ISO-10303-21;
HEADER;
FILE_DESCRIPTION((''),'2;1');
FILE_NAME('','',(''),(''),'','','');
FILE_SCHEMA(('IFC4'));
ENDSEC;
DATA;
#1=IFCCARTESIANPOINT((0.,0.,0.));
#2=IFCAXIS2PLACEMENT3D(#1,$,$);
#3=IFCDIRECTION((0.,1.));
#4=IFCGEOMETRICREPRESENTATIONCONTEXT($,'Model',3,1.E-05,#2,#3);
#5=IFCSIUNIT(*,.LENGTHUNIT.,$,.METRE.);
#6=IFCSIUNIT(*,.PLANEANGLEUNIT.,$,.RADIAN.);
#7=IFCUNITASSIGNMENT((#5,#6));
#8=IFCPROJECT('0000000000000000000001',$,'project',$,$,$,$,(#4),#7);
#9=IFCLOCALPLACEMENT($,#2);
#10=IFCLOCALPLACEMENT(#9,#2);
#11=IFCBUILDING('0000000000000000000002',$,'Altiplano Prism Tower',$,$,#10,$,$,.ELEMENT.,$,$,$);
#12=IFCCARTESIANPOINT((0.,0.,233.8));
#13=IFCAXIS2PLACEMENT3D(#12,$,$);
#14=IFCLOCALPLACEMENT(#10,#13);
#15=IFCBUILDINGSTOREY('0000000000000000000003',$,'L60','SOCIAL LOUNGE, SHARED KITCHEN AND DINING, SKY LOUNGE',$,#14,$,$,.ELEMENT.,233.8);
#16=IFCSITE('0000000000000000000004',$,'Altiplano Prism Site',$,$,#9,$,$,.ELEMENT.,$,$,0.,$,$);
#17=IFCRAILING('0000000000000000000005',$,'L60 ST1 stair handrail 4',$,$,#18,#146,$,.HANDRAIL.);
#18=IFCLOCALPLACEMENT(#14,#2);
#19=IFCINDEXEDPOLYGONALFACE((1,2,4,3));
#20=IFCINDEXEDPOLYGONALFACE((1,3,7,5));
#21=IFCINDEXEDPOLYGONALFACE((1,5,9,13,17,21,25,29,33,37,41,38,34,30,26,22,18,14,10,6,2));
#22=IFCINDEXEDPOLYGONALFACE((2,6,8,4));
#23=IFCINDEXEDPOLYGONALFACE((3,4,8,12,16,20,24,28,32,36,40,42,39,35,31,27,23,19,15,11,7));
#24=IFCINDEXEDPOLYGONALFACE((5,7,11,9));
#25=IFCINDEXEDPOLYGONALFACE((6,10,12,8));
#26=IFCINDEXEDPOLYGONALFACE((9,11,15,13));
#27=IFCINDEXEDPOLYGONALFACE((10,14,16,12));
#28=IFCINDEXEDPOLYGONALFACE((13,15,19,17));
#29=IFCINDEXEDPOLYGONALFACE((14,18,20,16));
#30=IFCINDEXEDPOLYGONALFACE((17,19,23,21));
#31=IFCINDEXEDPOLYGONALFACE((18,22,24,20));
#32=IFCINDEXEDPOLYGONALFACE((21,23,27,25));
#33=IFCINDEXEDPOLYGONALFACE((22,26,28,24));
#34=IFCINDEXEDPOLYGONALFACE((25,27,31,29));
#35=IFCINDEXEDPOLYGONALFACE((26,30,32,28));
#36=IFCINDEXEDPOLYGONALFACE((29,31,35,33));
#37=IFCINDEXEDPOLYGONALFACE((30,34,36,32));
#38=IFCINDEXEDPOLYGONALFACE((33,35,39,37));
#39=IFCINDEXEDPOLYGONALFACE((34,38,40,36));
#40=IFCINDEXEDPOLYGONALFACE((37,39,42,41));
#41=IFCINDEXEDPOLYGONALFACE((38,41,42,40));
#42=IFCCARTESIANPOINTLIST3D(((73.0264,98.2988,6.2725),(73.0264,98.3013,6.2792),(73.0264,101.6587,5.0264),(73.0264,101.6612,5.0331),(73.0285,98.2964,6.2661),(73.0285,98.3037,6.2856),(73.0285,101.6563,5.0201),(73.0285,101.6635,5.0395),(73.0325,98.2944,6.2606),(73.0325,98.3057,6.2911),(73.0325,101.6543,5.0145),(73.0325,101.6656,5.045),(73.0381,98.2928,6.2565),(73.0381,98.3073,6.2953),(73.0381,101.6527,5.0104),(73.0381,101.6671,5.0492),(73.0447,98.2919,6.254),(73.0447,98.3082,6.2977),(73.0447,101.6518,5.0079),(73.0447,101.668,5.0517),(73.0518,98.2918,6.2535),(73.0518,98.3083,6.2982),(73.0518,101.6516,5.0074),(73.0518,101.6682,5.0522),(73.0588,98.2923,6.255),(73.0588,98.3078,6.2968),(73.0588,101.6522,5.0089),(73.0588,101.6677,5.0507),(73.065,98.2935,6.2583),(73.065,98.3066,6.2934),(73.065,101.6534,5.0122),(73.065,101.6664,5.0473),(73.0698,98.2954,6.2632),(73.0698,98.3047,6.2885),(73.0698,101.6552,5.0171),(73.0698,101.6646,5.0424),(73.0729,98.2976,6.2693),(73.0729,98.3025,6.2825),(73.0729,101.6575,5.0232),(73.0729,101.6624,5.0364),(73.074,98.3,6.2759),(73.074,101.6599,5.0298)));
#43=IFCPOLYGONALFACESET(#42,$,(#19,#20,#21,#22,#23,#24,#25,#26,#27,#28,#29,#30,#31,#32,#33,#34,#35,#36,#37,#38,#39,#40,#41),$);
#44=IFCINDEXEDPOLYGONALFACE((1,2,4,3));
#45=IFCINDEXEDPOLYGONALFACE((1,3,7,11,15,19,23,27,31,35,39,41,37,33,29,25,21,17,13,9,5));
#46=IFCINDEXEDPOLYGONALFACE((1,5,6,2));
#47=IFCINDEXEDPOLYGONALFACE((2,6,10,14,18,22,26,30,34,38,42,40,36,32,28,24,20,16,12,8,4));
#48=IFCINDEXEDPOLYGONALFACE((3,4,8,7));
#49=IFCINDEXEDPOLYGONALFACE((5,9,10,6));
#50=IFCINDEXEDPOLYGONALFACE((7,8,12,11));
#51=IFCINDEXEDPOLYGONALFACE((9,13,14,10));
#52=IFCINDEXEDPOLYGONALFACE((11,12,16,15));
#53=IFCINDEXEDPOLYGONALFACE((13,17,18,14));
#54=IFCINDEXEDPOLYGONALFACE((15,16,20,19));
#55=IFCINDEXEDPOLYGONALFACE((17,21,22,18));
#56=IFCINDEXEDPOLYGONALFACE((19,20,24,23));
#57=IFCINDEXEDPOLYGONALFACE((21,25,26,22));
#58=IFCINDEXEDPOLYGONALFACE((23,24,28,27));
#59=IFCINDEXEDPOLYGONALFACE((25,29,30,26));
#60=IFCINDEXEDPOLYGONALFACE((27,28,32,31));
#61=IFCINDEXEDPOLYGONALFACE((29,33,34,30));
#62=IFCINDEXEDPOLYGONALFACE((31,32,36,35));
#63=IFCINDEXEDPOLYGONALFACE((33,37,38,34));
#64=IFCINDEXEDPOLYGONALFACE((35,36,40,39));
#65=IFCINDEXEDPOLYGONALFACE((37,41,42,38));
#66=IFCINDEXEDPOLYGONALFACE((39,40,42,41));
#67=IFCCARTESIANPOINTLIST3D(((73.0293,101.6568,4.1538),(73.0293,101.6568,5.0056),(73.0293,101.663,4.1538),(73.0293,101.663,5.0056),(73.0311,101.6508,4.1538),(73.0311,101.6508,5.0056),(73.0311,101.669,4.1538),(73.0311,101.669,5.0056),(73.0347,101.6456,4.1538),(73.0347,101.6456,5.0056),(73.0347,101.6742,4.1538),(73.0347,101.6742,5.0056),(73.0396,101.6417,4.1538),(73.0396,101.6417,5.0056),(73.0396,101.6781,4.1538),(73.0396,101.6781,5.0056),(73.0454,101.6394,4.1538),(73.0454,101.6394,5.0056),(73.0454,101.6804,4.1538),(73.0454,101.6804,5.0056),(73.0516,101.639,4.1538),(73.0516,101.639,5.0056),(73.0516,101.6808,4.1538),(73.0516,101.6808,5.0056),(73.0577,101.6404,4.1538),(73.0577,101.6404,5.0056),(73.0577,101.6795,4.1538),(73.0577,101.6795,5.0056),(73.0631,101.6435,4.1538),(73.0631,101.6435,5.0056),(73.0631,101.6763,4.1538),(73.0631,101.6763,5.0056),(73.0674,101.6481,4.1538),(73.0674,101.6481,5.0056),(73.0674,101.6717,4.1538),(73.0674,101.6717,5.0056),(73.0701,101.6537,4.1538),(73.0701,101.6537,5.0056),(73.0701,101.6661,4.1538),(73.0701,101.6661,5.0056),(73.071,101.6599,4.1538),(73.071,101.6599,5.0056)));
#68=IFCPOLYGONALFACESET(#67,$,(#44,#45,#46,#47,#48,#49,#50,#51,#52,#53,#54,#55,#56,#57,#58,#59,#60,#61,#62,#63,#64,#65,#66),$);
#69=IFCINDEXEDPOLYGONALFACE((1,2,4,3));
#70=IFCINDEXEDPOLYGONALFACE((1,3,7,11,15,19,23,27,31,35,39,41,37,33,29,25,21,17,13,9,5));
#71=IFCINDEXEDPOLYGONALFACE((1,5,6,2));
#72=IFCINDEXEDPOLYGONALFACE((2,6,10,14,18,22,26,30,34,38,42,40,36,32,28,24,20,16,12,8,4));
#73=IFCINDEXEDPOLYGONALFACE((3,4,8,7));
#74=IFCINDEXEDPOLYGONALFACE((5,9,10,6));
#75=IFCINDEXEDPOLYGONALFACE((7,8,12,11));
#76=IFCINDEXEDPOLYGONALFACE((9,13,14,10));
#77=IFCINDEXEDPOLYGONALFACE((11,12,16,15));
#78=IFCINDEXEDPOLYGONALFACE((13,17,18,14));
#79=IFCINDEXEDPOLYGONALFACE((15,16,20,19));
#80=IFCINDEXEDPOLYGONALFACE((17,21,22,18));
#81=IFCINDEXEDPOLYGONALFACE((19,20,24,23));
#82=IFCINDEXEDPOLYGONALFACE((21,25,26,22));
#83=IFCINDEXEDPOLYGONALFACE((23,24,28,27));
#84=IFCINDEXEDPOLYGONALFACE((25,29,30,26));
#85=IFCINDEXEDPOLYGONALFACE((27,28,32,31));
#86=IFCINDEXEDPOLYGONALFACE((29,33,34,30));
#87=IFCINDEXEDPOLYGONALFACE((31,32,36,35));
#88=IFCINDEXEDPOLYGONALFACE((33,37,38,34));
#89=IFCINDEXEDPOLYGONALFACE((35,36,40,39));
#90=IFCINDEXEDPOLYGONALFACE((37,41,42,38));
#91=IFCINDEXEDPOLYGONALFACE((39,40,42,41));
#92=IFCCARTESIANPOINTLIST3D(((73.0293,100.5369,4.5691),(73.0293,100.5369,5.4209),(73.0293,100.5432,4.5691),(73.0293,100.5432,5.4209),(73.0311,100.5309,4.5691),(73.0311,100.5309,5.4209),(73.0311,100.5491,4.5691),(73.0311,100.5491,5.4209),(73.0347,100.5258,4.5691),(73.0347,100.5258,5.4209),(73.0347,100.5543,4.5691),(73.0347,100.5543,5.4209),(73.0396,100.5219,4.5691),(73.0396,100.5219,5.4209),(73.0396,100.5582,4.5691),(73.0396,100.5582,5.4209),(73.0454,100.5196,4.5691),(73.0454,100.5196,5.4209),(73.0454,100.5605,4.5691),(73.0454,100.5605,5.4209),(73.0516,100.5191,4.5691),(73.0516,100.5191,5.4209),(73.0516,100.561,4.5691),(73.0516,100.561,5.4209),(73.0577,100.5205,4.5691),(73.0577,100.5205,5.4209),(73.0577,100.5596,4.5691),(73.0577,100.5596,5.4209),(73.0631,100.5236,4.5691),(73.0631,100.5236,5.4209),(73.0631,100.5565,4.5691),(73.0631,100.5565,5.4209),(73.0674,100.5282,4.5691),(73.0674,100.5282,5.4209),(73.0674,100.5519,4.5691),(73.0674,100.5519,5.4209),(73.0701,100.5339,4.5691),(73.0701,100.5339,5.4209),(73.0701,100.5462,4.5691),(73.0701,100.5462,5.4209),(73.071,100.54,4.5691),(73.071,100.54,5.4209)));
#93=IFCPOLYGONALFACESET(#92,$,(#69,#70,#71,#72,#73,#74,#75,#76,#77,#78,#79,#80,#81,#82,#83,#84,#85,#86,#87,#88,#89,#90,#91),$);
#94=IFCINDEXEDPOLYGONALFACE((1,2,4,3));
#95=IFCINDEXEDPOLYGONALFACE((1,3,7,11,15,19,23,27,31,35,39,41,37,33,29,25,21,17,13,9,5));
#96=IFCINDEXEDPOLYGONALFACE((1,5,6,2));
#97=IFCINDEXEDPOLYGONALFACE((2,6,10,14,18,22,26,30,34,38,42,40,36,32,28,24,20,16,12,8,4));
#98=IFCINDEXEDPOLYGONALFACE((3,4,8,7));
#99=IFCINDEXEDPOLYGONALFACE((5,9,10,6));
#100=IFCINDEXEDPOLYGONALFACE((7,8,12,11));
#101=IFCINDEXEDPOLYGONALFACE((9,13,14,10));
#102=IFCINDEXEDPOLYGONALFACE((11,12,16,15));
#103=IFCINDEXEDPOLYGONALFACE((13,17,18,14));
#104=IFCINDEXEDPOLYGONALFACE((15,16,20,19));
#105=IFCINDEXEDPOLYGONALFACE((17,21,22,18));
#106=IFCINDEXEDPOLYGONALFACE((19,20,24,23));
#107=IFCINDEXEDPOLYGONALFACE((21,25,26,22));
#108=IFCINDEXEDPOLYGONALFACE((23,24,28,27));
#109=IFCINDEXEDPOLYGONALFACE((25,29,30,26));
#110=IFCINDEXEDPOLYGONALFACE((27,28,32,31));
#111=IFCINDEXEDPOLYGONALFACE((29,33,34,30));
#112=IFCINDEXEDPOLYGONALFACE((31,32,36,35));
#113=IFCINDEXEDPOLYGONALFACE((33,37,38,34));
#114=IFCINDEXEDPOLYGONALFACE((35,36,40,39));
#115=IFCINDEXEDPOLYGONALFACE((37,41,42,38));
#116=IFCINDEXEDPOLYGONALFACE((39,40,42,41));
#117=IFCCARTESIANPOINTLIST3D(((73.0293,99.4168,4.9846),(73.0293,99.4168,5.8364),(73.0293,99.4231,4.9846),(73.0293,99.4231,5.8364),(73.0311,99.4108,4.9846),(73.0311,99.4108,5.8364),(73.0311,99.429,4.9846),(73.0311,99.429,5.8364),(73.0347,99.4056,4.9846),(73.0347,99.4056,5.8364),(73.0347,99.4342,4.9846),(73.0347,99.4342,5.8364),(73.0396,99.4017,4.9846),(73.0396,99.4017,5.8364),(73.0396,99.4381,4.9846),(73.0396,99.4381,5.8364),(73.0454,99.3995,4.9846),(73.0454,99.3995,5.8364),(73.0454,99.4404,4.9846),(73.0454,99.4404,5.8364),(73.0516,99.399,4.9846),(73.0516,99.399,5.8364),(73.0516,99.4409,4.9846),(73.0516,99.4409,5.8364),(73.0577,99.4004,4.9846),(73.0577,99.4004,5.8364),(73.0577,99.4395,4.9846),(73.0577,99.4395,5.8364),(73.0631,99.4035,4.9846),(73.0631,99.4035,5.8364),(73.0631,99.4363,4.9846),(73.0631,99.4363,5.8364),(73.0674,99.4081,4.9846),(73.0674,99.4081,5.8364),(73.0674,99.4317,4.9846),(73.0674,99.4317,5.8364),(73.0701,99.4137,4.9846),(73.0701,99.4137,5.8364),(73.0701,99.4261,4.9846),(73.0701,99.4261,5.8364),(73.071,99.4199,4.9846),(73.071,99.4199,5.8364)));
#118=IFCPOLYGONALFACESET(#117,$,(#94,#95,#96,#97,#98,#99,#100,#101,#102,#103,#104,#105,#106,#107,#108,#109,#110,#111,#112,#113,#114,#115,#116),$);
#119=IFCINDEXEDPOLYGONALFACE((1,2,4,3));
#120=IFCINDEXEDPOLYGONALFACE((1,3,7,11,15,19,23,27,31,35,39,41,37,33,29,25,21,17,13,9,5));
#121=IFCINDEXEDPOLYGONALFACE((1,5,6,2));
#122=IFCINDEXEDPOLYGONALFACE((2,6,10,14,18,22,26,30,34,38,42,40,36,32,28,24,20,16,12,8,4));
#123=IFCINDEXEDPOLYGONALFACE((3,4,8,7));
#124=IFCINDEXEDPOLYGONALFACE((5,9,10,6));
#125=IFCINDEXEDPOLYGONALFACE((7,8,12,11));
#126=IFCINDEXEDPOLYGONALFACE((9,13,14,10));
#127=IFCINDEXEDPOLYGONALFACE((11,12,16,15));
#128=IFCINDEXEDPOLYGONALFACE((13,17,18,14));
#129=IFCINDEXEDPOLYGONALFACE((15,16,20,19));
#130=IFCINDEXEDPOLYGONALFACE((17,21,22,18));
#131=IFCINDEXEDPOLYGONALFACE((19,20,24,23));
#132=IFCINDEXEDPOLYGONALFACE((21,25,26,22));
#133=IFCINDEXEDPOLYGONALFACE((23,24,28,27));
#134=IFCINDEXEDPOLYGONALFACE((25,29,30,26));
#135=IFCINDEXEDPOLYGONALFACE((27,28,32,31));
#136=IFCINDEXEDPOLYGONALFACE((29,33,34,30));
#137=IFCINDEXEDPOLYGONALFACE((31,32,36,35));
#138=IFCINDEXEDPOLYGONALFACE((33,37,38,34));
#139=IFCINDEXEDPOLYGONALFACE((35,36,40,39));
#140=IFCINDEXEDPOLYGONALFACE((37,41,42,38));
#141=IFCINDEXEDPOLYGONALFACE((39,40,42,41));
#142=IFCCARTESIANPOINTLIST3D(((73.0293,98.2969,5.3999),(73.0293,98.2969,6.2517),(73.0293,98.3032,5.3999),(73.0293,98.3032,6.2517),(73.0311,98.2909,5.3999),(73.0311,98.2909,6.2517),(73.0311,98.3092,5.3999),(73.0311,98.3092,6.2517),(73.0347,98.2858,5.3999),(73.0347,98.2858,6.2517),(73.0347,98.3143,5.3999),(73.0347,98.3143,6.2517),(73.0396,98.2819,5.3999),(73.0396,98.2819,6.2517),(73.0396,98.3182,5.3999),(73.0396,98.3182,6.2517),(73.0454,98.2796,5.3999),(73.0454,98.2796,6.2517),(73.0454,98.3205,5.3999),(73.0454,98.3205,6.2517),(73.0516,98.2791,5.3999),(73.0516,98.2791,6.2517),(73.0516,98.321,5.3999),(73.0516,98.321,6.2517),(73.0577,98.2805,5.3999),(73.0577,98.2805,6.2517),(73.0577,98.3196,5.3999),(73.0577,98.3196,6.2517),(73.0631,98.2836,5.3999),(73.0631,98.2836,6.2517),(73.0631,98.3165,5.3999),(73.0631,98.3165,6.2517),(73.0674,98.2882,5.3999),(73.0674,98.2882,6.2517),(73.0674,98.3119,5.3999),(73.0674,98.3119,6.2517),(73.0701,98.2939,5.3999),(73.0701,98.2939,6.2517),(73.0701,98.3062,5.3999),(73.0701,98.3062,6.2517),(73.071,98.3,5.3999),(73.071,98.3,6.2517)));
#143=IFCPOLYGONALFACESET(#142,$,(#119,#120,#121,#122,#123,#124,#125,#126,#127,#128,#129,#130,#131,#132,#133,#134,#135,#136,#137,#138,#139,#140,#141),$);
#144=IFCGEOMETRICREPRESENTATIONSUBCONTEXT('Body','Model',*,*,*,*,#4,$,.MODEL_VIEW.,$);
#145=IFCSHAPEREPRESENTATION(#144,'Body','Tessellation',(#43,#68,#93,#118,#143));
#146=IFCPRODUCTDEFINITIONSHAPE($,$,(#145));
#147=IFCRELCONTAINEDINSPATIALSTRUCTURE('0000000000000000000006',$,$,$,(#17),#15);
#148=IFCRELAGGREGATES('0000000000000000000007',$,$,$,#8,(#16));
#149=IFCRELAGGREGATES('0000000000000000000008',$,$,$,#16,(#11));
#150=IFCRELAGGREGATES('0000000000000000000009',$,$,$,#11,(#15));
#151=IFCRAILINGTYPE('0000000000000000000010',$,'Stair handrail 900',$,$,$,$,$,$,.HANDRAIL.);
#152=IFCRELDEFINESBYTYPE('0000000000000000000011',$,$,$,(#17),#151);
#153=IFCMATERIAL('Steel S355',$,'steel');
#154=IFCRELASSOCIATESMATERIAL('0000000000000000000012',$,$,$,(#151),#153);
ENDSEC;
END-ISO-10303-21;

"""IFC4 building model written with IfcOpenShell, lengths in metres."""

from ifc_helpers import new_model, si_unit, direction, frame, origin, origin_2d, place, context, subcontext, project, spatial, circle, extrude, material, type_object, element, save


model = new_model("IFC4")

# Units and contexts
model_context = context("Model", 3, precision=1e-05, world=origin(), true_north=direction((0.0, 1.0)))
body_context = subcontext(model_context, "Body", "Model", "MODEL_VIEW")
ifc_project = project(units=[si_unit("LENGTHUNIT", "METRE"), si_unit("PLANEANGLEUNIT", "RADIAN")], contexts=[model_context])

# Site, building, storey
site_placement = place(None, origin())
site = spatial("IfcSite", under=ifc_project, at=site_placement, Name="Altiplano Prism Site", CompositionType="ELEMENT", RefElevation=0.0)
building_placement = place(site_placement, origin())
building = spatial("IfcBuilding", under=site, at=building_placement, Name="Altiplano Prism Tower", CompositionType="ELEMENT")
storey_placement = place(building_placement, frame((0.0, 0.0, 233.8)))
storey = spatial("IfcBuildingStorey", under=building, at=storey_placement, Name="L60", Description="SOCIAL LOUNGE, SHARED KITCHEN AND DINING, SKY LOUNGE", CompositionType="ELEMENT", Elevation=233.8)

# Railing
ifc_material_1 = material(Name="Steel S355", Category="steel")
railing_type_1 = type_object("IfcRailingType", Name="Stair handrail 900", PredefinedType="HANDRAIL", material=ifc_material_1)
railing_1_placement = place(storey_placement, frame((73.05, 101.6599, 4.1538)))
element("IfcRailing", 1, at=railing_1_placement, inside=storey, type_object=railing_type_1, Name="L60 ST1 stair handrail 4", PredefinedType="HANDRAIL", context=body_context, shape_type="SweptSolid", body=[
    extrude(circle(Radius=0.0239, at=origin_2d()), frame((0.0, 0.0, 0.876), z_axis=(0.0, -0.937594, 0.347731), x_axis=(1.0, 0.0, 0.0)), (0.0, 0.0, 1.0), 3.5835),
    extrude(circle(Radius=0.021, at=origin_2d()), origin(), (0.0, 0.0, 1.0), 0.8518),
    extrude(circle(Radius=0.021, at=origin_2d()), frame((0.0, -1.1199, 0.4153)), (0.0, 0.0, 1.0), 0.8518),
    extrude(circle(Radius=0.021, at=origin_2d()), frame((0.0, -2.24, 0.8308)), (0.0, 0.0, 1.0), 0.8518),
    extrude(circle(Radius=0.021, at=origin_2d()), frame((0.0, -3.3599, 1.2461)), (0.0, 0.0, 1.0), 0.8518),
])

save(model, "model.ifc")
